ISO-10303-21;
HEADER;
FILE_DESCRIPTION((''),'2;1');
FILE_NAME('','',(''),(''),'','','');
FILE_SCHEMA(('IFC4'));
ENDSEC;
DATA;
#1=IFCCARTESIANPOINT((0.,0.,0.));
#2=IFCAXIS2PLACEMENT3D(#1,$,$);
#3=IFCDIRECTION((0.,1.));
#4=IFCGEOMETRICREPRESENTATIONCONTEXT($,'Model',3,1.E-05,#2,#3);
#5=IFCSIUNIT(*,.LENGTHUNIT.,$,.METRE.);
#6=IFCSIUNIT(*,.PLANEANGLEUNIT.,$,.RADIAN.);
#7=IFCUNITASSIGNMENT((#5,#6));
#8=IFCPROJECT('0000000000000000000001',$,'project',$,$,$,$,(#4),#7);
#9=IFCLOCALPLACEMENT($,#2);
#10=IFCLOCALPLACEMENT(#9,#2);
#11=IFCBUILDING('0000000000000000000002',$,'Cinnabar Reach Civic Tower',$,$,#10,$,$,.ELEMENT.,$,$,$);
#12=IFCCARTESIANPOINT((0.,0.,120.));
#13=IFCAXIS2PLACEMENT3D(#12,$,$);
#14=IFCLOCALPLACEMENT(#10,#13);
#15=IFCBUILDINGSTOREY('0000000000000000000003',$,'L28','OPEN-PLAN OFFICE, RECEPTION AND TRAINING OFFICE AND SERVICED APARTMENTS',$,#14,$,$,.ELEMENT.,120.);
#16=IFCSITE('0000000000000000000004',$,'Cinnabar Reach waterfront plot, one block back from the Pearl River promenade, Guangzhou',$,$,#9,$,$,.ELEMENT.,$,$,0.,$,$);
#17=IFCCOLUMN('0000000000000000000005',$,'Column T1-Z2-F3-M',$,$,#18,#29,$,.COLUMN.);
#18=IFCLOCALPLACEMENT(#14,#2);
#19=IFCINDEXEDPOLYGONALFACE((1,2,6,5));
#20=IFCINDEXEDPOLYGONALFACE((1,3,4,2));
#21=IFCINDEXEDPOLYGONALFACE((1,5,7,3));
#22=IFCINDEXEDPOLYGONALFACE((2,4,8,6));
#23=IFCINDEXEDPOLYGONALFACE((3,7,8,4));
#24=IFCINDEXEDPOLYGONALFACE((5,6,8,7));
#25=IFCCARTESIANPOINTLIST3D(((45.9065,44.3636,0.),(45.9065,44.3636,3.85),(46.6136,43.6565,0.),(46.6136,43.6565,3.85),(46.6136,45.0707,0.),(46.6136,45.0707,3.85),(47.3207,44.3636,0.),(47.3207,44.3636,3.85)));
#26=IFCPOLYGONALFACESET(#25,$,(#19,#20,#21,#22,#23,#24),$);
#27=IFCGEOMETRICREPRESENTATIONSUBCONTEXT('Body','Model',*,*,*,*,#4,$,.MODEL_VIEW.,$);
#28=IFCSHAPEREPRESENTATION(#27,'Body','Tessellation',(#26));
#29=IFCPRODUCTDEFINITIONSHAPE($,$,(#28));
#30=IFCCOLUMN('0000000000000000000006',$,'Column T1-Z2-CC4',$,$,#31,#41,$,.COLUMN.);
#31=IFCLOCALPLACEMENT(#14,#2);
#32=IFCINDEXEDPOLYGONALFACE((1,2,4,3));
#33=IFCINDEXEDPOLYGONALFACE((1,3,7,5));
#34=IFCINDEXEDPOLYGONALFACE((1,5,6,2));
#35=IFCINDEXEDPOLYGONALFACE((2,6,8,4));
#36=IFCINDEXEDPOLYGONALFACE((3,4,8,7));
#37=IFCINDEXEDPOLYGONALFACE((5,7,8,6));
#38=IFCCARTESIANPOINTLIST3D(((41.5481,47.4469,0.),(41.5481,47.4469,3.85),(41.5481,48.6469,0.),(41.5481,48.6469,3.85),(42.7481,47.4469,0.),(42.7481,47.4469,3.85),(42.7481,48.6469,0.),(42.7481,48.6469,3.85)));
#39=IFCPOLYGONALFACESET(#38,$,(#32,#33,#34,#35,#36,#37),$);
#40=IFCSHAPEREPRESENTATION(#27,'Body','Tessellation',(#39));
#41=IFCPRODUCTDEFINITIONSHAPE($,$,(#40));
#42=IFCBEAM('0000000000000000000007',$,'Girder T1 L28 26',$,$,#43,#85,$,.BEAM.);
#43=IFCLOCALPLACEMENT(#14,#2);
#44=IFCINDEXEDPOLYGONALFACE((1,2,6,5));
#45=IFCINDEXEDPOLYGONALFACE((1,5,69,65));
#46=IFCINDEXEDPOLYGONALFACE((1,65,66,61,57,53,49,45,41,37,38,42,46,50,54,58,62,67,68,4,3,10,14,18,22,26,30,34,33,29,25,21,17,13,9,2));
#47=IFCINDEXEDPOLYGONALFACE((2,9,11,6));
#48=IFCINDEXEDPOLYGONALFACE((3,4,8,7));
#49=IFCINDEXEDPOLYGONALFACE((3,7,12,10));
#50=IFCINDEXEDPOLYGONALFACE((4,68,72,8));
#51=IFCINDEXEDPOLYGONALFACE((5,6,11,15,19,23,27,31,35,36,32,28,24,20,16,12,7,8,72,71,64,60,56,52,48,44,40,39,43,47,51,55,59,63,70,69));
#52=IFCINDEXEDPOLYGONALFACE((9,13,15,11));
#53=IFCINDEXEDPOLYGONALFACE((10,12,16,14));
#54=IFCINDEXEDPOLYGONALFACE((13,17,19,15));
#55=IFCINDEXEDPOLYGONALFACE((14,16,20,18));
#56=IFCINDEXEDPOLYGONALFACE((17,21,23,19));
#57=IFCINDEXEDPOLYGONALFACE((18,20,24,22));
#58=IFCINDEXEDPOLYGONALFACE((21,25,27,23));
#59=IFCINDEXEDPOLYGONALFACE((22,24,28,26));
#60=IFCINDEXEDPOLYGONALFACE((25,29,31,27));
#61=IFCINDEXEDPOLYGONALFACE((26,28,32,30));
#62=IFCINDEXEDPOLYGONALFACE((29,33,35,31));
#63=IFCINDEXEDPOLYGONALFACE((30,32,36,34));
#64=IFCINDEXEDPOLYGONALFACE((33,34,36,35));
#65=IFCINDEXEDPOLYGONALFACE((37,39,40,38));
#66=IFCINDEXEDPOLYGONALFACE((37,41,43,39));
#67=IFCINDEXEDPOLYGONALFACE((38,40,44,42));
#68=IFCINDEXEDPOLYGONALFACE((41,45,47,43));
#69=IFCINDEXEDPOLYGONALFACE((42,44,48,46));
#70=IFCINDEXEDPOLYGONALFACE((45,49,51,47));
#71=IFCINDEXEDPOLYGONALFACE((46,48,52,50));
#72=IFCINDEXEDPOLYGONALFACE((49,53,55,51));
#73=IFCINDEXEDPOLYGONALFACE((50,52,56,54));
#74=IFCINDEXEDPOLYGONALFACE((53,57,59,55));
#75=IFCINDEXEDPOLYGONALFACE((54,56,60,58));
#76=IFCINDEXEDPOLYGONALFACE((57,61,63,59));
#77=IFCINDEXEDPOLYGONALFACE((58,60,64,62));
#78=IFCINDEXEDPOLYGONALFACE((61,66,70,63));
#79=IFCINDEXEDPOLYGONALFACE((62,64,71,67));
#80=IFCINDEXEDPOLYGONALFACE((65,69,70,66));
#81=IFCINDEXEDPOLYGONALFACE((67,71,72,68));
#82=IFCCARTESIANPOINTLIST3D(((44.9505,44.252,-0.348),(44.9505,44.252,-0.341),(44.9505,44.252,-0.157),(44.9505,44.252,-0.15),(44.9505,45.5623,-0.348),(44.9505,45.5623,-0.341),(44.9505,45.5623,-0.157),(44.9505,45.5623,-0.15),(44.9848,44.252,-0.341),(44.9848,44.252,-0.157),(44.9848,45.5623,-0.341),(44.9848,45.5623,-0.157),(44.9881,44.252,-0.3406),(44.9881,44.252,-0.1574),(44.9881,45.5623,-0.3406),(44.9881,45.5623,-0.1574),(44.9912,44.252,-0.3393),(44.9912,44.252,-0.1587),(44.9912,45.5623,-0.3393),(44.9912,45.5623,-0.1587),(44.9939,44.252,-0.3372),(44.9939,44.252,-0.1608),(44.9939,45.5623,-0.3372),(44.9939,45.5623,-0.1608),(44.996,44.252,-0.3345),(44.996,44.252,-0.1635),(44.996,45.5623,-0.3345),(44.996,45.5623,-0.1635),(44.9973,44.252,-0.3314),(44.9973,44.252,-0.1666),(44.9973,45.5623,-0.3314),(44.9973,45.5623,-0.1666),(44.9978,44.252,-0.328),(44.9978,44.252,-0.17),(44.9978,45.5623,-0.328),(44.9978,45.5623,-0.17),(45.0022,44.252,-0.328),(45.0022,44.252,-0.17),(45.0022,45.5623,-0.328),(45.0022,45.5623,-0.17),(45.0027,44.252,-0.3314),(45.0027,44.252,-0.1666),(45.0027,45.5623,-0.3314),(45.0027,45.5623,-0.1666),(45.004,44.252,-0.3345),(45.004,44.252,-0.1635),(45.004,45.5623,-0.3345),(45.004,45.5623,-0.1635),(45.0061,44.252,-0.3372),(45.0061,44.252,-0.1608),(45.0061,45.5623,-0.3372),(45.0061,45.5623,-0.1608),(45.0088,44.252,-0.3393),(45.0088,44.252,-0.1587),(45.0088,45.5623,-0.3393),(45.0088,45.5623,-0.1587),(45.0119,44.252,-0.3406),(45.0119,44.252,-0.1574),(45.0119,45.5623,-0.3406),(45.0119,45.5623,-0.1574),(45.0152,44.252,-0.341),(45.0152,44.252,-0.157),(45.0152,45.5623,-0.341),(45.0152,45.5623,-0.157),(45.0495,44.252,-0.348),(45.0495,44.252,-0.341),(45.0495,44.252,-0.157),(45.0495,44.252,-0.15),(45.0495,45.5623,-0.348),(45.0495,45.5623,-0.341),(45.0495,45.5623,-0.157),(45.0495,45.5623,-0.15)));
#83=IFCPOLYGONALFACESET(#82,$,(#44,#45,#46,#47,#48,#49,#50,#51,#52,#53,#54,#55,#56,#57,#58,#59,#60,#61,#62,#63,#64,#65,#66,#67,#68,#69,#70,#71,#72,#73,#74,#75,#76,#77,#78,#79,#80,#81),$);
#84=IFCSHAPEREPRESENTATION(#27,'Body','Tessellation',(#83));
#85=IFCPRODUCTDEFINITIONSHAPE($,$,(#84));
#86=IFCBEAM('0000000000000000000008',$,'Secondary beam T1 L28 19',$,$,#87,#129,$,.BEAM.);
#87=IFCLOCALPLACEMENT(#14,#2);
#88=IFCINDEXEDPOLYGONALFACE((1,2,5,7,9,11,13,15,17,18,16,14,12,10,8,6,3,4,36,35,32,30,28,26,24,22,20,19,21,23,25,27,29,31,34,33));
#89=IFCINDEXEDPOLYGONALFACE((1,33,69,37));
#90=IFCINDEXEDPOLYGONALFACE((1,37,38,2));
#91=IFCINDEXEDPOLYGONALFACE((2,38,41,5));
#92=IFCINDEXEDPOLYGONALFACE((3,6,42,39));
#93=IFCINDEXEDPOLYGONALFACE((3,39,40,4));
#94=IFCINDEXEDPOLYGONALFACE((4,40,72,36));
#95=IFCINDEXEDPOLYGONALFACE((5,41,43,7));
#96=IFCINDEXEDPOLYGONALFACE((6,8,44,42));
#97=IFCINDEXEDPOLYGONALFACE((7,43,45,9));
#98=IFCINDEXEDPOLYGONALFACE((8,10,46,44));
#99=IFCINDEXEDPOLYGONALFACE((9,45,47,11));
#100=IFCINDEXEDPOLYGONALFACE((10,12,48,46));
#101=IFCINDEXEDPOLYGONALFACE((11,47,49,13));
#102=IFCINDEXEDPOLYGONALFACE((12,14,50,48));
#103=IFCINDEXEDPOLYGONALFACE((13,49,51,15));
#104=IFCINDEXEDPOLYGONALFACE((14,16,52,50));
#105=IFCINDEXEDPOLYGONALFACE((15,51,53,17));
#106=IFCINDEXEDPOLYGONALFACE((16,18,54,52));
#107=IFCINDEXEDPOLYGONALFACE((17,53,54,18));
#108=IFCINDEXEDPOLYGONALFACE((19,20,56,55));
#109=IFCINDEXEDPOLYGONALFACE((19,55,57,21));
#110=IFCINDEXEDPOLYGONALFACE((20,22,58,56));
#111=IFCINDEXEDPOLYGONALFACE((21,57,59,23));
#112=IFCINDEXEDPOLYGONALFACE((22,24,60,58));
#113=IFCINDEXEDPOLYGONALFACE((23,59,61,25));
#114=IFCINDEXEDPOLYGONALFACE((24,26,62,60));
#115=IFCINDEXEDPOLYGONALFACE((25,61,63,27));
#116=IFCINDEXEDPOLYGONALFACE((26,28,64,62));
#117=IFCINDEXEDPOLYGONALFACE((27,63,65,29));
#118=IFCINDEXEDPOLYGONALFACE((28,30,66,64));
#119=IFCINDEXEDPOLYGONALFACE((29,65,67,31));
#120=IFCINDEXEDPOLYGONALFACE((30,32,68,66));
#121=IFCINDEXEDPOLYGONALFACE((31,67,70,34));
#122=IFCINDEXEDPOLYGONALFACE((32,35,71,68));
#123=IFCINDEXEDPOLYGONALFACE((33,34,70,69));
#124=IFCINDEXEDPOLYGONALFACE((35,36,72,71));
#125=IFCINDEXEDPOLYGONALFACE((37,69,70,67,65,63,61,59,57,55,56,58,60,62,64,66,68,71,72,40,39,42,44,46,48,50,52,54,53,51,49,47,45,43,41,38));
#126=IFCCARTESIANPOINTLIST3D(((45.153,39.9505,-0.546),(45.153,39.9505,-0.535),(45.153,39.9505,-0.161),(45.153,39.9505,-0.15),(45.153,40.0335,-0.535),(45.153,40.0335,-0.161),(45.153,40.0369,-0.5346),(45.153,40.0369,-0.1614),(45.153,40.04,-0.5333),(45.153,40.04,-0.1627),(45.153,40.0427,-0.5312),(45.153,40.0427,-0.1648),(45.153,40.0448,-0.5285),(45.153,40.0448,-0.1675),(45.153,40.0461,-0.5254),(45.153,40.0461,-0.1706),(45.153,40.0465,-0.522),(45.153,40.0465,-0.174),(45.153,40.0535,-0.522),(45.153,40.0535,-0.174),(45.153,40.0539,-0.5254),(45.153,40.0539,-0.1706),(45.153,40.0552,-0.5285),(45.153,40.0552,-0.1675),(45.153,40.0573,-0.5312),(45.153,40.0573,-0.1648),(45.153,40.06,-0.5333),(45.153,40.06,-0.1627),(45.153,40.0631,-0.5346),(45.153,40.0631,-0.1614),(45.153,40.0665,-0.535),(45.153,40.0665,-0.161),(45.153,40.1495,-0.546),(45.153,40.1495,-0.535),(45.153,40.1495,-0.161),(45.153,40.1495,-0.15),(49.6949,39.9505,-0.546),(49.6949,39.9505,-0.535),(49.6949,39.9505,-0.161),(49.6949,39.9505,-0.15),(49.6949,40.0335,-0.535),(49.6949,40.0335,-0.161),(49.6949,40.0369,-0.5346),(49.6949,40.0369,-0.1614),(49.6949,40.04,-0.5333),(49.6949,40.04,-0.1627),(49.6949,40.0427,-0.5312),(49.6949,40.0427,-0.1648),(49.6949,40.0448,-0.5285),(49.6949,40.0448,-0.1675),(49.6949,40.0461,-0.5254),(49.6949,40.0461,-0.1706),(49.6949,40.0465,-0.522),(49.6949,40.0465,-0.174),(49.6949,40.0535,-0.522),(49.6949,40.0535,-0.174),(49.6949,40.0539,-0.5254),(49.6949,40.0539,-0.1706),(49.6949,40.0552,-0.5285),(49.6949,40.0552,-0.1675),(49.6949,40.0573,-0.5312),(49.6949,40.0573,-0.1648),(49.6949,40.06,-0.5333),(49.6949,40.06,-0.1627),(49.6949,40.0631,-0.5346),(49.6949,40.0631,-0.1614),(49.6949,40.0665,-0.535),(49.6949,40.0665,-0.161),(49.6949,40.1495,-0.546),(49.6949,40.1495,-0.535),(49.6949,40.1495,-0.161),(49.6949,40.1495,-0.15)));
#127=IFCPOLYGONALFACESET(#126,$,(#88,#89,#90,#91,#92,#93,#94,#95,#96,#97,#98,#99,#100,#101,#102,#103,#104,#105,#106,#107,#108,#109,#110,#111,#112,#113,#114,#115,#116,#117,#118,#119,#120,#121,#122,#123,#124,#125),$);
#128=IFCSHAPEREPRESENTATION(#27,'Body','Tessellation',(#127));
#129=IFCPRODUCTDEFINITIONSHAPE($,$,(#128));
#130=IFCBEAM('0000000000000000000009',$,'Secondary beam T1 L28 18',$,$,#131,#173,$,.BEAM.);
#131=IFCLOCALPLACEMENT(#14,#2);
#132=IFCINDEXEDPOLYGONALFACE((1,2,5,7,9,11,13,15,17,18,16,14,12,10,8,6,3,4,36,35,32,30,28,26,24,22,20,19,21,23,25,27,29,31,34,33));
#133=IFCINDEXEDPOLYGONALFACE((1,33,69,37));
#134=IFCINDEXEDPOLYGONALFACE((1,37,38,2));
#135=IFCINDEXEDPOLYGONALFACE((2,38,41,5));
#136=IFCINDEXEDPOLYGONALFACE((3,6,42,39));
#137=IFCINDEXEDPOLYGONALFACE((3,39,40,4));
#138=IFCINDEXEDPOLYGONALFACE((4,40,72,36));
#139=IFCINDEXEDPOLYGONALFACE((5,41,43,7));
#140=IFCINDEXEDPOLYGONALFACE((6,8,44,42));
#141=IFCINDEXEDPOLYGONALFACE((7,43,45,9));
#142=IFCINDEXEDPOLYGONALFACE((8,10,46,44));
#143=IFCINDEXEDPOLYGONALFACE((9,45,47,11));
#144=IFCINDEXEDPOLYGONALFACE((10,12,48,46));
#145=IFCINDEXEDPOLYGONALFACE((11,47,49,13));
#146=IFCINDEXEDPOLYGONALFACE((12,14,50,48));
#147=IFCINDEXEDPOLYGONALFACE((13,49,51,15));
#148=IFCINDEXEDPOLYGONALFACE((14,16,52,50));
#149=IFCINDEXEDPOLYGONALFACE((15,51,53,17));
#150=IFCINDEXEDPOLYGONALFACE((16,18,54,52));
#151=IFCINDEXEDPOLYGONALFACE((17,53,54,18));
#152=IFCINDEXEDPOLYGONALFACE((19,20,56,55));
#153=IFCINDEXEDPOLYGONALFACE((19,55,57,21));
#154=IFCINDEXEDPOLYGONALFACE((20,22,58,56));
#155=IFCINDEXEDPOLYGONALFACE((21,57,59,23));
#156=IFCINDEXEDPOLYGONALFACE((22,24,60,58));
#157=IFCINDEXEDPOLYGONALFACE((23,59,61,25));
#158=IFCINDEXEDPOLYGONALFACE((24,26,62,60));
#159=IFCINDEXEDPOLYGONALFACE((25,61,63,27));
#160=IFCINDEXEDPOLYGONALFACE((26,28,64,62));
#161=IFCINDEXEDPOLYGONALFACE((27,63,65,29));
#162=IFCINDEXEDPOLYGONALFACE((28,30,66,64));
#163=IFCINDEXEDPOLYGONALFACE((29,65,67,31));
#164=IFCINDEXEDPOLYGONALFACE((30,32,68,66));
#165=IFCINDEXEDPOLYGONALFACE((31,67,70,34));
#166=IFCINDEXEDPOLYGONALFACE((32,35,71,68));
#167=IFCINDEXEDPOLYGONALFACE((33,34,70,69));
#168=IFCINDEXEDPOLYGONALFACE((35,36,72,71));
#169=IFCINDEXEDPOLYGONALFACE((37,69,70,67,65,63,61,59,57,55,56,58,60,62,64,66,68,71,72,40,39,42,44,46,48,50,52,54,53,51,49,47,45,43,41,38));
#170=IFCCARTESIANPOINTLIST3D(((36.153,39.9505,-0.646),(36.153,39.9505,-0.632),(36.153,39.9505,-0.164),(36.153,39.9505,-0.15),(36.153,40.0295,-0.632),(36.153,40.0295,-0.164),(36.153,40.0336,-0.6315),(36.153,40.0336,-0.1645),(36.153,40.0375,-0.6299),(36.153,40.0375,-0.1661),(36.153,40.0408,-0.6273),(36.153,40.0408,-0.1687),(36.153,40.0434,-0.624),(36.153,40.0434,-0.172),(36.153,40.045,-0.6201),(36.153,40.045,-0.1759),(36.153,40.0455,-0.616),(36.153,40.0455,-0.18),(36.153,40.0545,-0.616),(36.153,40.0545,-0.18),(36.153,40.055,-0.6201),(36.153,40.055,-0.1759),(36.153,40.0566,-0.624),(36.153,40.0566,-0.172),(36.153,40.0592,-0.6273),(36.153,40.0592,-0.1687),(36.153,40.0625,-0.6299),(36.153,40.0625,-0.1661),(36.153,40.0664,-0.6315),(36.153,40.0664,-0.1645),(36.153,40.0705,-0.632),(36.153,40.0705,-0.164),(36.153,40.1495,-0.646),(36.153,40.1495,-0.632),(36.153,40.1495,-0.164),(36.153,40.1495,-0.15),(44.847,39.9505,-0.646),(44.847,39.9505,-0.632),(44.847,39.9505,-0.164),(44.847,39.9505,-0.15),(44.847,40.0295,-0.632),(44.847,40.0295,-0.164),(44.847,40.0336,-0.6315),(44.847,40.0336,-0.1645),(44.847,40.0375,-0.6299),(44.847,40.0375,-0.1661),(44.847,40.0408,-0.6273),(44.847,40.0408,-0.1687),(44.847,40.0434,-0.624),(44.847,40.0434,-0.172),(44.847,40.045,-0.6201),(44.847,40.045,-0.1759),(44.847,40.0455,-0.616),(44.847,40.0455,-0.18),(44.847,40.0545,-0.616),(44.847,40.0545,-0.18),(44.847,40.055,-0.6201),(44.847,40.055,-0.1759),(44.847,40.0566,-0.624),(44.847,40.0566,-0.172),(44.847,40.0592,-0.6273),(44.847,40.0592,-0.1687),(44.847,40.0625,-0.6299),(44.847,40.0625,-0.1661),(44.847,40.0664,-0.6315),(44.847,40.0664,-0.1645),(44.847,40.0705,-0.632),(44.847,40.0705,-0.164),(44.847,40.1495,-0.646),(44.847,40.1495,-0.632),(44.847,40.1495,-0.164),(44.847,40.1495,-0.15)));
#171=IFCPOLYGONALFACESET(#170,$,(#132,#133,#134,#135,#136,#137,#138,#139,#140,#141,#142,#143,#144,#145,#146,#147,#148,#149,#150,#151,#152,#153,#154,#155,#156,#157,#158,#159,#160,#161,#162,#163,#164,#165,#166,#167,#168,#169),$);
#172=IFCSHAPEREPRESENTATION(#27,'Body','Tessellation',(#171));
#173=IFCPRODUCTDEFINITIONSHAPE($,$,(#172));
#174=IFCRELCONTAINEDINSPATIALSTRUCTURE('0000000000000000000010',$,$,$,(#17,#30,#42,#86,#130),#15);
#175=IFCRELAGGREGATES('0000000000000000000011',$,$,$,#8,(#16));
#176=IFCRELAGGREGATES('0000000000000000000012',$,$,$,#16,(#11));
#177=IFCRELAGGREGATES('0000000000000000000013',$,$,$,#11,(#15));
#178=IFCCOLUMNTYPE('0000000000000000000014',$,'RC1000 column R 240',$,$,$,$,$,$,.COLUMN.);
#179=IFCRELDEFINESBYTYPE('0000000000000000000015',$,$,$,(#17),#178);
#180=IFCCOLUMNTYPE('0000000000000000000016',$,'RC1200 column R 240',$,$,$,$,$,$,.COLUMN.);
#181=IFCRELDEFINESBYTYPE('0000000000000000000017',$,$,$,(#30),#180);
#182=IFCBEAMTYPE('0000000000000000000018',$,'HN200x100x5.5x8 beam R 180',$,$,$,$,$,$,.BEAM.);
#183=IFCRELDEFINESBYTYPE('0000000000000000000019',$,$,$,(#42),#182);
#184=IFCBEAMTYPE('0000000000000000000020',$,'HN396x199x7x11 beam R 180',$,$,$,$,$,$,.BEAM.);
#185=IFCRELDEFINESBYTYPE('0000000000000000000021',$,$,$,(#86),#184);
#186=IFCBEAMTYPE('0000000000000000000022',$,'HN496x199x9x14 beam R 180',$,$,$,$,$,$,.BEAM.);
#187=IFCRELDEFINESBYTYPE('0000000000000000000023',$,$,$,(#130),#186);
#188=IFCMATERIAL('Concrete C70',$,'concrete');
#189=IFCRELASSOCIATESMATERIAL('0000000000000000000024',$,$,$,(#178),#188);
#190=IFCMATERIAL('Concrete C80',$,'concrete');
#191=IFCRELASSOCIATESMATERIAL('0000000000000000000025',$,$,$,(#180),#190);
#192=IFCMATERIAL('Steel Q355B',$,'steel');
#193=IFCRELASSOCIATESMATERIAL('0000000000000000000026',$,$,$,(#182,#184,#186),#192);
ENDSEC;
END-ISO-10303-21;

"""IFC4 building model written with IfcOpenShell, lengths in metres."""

from ifc_helpers import new_model, si_unit, direction, frame, origin, origin_2d, place, context, subcontext, project, spatial, rectangle, i_section, extrude, material, material_profile, profile_set, type_object, element, save


model = new_model("IFC4")

# Units and contexts
model_context = context("Model", 3, precision=1e-05, world=origin(), true_north=direction((0.0, 1.0)))
body_context = subcontext(model_context, "Body", "Model", "MODEL_VIEW")
ifc_project = project(units=[si_unit("LENGTHUNIT", "METRE"), si_unit("PLANEANGLEUNIT", "RADIAN")], contexts=[model_context])

# Site, building, storey
site_placement = place(None, origin())
site = spatial("IfcSite", under=ifc_project, at=site_placement, Name="Cinnabar Reach waterfront plot, one block back from the Pearl River promenade, Guangzhou", CompositionType="ELEMENT", RefElevation=0.0)
building_placement = place(site_placement, origin())
building = spatial("IfcBuilding", under=site, at=building_placement, Name="Cinnabar Reach Civic Tower", CompositionType="ELEMENT")
storey_placement = place(building_placement, frame((0.0, 0.0, 120.0)))
storey = spatial("IfcBuildingStorey", under=building, at=storey_placement, Name="L28", Description="OPEN-PLAN OFFICE, RECEPTION AND TRAINING OFFICE AND SERVICED APARTMENTS", CompositionType="ELEMENT", Elevation=120.0)

# Columns
ifc_material_1 = material(Name="Concrete C70", Category="concrete")
ifc_material_profile_1 = material_profile(ifc_material_1, rectangle(XDim=1.0, YDim=1.0, at=origin_2d()), Name="RC1000")
ifc_profile_set_1 = profile_set([ifc_material_profile_1], Name="Concrete C70")
column_type_1 = type_object("IfcColumnType", Name="RC1000 column R 240", PredefinedType="COLUMN", material=ifc_profile_set_1)
column_1_placement = place(storey_placement, frame((46.6136, 44.3636, 0.0), z_axis=(0.0, 0.0, 1.0), x_axis=(0.707107, 0.707107, 0.0)))
element("IfcColumn", 1, at=column_1_placement, inside=storey, type_object=column_type_1, Name="Column T1-Z2-F3-M", PredefinedType="COLUMN", context=body_context, shape_type="SweptSolid", body=[
    extrude(rectangle(XDim=1.0, YDim=1.0, at=origin_2d()), origin(), (0.0, 0.0, 1.0), 3.85),
])
ifc_material_2 = material(Name="Concrete C80", Category="concrete")
ifc_material_profile_2 = material_profile(ifc_material_2, rectangle(XDim=1.2, YDim=1.2, at=origin_2d()), Name="RC1200")
ifc_profile_set_2 = profile_set([ifc_material_profile_2], Name="Concrete C80")
column_type_2 = type_object("IfcColumnType", Name="RC1200 column R 240", PredefinedType="COLUMN", material=ifc_profile_set_2)
column_2_placement = place(storey_placement, frame((42.1481, 48.0469, 0.0), z_axis=(0.0, 0.0, 1.0), x_axis=(1.0, 0.0, 0.0)))
element("IfcColumn", 2, at=column_2_placement, inside=storey, type_object=column_type_2, Name="Column T1-Z2-CC4", PredefinedType="COLUMN", context=body_context, shape_type="SweptSolid", body=[
    extrude(rectangle(XDim=1.2, YDim=1.2, at=origin_2d()), origin(), (0.0, 0.0, 1.0), 3.85),
])

# Beams
ifc_material_3 = material(Name="Steel Q355B", Category="steel")
ifc_material_profile_3 = material_profile(ifc_material_3, i_section(OverallWidth=0.099, OverallDepth=0.198, WebThickness=0.0045, FlangeThickness=0.007, FilletRadius=0.013, at=origin_2d()), Name="HN200x100x5.5x8")
ifc_profile_set_3 = profile_set([ifc_material_profile_3], Name="Steel Q355B")
beam_type_1 = type_object("IfcBeamType", Name="HN200x100x5.5x8 beam R 180", PredefinedType="BEAM", material=ifc_profile_set_3)
beam_1_placement = place(storey_placement, frame((45.0, 44.252, -0.249), z_axis=(0.0, 1.0, 0.0), x_axis=(-1.0, 0.0, 0.0)))
element("IfcBeam", 3, at=beam_1_placement, inside=storey, type_object=beam_type_1, Name="Girder T1 L28 26", PredefinedType="BEAM", context=body_context, shape_type="SweptSolid", body=[
    extrude(i_section(OverallWidth=0.099, OverallDepth=0.198, WebThickness=0.0045, FlangeThickness=0.007, FilletRadius=0.013, at=origin_2d()), origin(), (0.0, 0.0, 1.0), 1.3103),
])
ifc_material_profile_4 = material_profile(ifc_material_3, i_section(OverallWidth=0.199, OverallDepth=0.396, WebThickness=0.007, FlangeThickness=0.011, FilletRadius=0.013, at=origin_2d()), Name="HN396x199x7x11")
ifc_profile_set_4 = profile_set([ifc_material_profile_4], Name="Steel Q355B")
beam_type_2 = type_object("IfcBeamType", Name="HN396x199x7x11 beam R 180", PredefinedType="BEAM", material=ifc_profile_set_4)
beam_2_placement = place(storey_placement, frame((45.153, 40.05, -0.348), z_axis=(1.0, 0.0, 0.0), x_axis=(0.0, 1.0, 0.0)))
element("IfcBeam", 4, at=beam_2_placement, inside=storey, type_object=beam_type_2, Name="Secondary beam T1 L28 19", PredefinedType="BEAM", context=body_context, shape_type="SweptSolid", body=[
    extrude(i_section(OverallWidth=0.199, OverallDepth=0.396, WebThickness=0.007, FlangeThickness=0.011, FilletRadius=0.013, at=origin_2d()), origin(), (0.0, 0.0, 1.0), 4.5419),
])
ifc_material_profile_5 = material_profile(ifc_material_3, i_section(OverallWidth=0.199, OverallDepth=0.496, WebThickness=0.009, FlangeThickness=0.014, FilletRadius=0.016, at=origin_2d()), Name="HN496x199x9x14")
ifc_profile_set_5 = profile_set([ifc_material_profile_5], Name="Steel Q355B")
beam_type_3 = type_object("IfcBeamType", Name="HN496x199x9x14 beam R 180", PredefinedType="BEAM", material=ifc_profile_set_5)
beam_3_placement = place(storey_placement, frame((36.153, 40.05, -0.398), z_axis=(1.0, 0.0, 0.0), x_axis=(0.0, 1.0, 0.0)))
element("IfcBeam", 5, at=beam_3_placement, inside=storey, type_object=beam_type_3, Name="Secondary beam T1 L28 18", PredefinedType="BEAM", context=body_context, shape_type="SweptSolid", body=[
    extrude(i_section(OverallWidth=0.199, OverallDepth=0.496, WebThickness=0.009, FlangeThickness=0.014, FilletRadius=0.016, at=origin_2d()), origin(), (0.0, 0.0, 1.0), 8.694),
])

save(model, "model.ifc")
